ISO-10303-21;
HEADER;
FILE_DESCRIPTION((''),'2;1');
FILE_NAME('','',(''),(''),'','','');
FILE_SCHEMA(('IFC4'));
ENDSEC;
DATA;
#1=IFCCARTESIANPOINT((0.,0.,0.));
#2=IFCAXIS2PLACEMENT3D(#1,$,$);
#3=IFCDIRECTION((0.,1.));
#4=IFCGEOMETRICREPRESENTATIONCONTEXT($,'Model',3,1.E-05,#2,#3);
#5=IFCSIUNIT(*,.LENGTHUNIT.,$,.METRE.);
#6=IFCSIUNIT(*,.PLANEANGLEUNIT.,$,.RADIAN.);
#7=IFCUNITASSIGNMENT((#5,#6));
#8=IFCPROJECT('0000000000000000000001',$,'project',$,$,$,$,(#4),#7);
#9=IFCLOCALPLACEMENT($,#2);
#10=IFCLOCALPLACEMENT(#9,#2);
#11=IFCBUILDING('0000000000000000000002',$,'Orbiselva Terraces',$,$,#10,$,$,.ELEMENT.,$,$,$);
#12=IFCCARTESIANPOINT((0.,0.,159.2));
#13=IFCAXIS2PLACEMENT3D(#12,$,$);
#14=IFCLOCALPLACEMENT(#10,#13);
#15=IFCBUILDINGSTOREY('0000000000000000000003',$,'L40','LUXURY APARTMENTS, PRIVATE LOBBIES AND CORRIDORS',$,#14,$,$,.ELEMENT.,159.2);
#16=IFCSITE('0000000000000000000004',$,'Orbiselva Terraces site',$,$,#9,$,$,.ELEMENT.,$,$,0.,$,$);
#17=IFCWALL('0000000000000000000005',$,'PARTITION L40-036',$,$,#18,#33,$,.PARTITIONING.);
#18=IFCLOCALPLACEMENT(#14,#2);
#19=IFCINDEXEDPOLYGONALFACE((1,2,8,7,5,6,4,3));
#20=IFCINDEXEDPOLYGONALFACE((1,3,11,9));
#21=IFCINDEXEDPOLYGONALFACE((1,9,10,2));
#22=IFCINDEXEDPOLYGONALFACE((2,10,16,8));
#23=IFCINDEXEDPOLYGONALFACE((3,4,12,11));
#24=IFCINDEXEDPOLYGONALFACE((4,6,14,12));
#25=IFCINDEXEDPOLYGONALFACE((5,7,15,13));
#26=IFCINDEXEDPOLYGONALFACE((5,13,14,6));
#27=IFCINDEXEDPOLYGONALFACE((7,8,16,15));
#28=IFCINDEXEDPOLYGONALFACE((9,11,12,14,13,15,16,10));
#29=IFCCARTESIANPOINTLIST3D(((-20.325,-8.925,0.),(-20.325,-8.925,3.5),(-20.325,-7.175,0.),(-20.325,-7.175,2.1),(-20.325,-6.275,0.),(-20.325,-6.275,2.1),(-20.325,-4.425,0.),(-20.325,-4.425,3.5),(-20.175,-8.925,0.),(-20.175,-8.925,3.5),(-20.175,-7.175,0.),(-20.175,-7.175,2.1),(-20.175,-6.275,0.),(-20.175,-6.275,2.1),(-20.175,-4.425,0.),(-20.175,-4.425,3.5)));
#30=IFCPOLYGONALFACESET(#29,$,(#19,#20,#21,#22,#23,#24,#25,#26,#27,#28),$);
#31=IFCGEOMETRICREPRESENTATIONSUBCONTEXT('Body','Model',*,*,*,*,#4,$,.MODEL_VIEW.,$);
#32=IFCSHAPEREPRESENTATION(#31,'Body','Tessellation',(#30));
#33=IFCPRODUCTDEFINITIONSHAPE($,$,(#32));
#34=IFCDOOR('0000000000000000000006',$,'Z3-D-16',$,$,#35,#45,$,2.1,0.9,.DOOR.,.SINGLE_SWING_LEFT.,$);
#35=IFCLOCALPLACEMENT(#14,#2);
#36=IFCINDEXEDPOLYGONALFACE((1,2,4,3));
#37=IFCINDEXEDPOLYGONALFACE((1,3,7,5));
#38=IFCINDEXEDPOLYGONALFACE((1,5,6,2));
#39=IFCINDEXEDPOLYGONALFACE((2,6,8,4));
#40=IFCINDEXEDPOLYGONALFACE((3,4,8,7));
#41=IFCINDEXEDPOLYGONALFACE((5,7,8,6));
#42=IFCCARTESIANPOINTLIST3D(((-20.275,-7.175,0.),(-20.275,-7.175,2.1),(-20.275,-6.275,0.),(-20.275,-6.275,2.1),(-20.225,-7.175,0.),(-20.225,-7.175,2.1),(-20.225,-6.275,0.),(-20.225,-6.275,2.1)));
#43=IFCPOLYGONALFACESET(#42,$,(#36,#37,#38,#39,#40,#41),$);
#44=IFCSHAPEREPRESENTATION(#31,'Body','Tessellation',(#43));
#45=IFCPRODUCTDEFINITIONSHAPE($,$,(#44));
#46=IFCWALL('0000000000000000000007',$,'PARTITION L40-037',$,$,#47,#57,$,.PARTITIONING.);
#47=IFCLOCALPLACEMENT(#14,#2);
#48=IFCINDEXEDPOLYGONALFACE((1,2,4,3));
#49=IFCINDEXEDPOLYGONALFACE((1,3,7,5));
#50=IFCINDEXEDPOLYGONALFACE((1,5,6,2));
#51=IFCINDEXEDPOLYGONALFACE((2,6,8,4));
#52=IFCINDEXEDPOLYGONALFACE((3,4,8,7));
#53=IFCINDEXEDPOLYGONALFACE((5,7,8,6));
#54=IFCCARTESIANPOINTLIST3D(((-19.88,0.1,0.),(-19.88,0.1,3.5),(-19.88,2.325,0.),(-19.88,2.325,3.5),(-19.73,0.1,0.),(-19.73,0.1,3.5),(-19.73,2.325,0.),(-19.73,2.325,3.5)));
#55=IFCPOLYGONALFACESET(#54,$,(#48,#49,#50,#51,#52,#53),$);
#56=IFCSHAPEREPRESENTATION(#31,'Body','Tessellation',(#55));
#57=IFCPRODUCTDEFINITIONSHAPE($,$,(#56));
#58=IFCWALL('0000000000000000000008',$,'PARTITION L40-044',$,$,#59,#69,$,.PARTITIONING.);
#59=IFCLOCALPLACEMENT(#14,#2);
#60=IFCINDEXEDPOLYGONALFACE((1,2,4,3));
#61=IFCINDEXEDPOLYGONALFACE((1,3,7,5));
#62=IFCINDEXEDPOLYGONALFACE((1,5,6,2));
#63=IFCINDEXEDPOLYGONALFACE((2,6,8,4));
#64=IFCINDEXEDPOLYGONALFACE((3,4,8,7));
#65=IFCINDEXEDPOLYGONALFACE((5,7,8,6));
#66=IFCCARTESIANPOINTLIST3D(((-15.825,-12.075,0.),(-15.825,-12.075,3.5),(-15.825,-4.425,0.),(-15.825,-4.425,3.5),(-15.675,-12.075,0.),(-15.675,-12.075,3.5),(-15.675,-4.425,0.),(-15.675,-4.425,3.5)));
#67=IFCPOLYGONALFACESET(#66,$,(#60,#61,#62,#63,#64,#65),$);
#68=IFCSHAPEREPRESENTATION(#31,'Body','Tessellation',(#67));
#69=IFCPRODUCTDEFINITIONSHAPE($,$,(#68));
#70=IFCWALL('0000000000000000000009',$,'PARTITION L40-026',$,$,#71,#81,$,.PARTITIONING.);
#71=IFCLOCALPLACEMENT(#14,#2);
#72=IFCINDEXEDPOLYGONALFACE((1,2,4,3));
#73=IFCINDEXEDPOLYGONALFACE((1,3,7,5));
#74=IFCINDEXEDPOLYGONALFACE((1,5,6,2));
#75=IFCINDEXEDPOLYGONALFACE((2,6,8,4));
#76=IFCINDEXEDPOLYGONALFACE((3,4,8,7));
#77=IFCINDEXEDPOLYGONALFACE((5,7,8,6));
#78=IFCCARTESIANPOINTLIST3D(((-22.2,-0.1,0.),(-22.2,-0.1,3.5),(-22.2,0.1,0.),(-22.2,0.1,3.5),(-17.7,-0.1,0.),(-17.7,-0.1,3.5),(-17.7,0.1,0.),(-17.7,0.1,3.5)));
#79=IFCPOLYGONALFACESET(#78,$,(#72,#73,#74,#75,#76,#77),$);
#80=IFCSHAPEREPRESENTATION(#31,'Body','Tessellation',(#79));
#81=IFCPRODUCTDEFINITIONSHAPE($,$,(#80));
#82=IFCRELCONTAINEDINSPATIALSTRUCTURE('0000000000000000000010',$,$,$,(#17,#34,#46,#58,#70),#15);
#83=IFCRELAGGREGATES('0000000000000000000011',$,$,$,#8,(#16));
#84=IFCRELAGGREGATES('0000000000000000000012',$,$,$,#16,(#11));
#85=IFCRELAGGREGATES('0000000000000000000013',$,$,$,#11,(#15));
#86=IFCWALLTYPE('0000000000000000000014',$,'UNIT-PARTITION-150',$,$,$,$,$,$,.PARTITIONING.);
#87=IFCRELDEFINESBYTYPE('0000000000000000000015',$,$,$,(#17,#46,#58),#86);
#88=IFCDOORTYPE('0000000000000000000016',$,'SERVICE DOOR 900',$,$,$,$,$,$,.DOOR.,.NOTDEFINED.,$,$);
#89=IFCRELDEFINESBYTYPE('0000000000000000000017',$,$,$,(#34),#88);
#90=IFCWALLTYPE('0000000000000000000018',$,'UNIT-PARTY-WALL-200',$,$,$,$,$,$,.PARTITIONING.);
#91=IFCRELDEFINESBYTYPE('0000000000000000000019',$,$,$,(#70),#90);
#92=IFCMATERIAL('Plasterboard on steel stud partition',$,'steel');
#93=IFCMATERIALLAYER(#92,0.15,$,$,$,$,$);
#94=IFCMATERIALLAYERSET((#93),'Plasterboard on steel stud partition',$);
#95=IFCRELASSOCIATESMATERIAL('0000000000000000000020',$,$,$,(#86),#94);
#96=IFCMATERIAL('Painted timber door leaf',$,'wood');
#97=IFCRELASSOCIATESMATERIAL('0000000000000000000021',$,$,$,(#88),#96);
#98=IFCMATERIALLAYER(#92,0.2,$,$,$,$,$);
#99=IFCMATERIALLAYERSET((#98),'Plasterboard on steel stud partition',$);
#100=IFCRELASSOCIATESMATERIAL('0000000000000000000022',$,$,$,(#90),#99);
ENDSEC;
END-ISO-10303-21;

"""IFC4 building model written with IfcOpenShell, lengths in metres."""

from ifc_helpers import new_model, si_unit, direction, frame, frame_2d, origin, place, context, subcontext, project, spatial, rectangle, extrude, material, layer, layer_set, type_object, element, fill, save


model = new_model("IFC4")

# Units and contexts
model_context = context("Model", 3, precision=1e-05, world=origin(), true_north=direction((0.0, 1.0)))
body_context = subcontext(model_context, "Body", "Model", "MODEL_VIEW")
ifc_project = project(units=[si_unit("LENGTHUNIT", "METRE"), si_unit("PLANEANGLEUNIT", "RADIAN")], contexts=[model_context])

# Site, building, storey
site_placement = place(None, origin())
site = spatial("IfcSite", under=ifc_project, at=site_placement, Name="Orbiselva Terraces site", CompositionType="ELEMENT", RefElevation=0.0)
building_placement = place(site_placement, origin())
building = spatial("IfcBuilding", under=site, at=building_placement, Name="Orbiselva Terraces", CompositionType="ELEMENT")
storey_placement = place(building_placement, frame((0.0, 0.0, 159.2)))
storey = spatial("IfcBuildingStorey", under=building, at=storey_placement, Name="L40", Description="LUXURY APARTMENTS, PRIVATE LOBBIES AND CORRIDORS", CompositionType="ELEMENT", Elevation=159.2)

# Shared definitions
ifc_material_1 = material(Name="Plasterboard on steel stud partition", Category="steel")

# Shared definitions
ifc_layer_1 = layer(ifc_material_1, 0.15)
ifc_layer_set_1 = layer_set([ifc_layer_1], Name="Plasterboard on steel stud partition")
wall_type_1 = type_object("IfcWallType", Name="UNIT-PARTITION-150", PredefinedType="PARTITIONING", material=ifc_layer_set_1)
ifc_material_2 = material(Name="Painted timber door leaf", Category="wood")

# Wall, opening, door
wall_1_placement = place(storey_placement, frame((-20.25, -8.925, 0.0), z_axis=(0.0, 0.0, 1.0), x_axis=(0.0, 1.0, 0.0)))
wall_1 = element("IfcWall", 1, at=wall_1_placement, inside=storey, type_object=wall_type_1, Name="PARTITION L40-036", PredefinedType="PARTITIONING", context=body_context, shape_type="SweptSolid", body=[
    extrude(rectangle(XDim=4.5, YDim=0.15, at=frame_2d((2.25, 0.0))), origin(), (0.0, 0.0, 1.0), 3.5),
])
opening_1_placement = place(wall_1_placement, frame((1.75, 0.0, 0.0)))
opening_1 = element("IfcOpeningElement", 2, at=opening_1_placement, cuts=wall_1, PredefinedType="OPENING", context=body_context, shape_type="SweptSolid", body=[
    extrude(rectangle(XDim=0.9, YDim=2.1, at=frame_2d((0.45, 1.05))), frame((0.0, 0.085, 0.0), z_axis=(0.0, -1.0, 0.0), x_axis=(1.0, 0.0, 0.0)), (0.0, 0.0, 1.0), 0.17),
])
door_type_1 = type_object("IfcDoorType", Name="SERVICE DOOR 900", OperationType="NOTDEFINED", PredefinedType="DOOR", material=ifc_material_2)
door_1_placement = place(opening_1_placement, origin())
door_1 = element("IfcDoor", 3, at=door_1_placement, inside=storey, type_object=door_type_1, Name="Z3-D-16", OperationType="SINGLE_SWING_LEFT", OverallHeight=2.1, OverallWidth=0.9, PredefinedType="DOOR", context=body_context, shape_type="SweptSolid", body=[
    extrude(rectangle(XDim=0.9, YDim=2.1, at=frame_2d((0.45, 1.05))), frame((0.0, 0.025, 0.0), z_axis=(0.0, -1.0, 0.0), x_axis=(1.0, 0.0, 0.0)), (0.0, 0.0, 1.0), 0.05),
])
fill(opening_1, door_1)

# Walls
wall_2_placement = place(storey_placement, frame((-19.805, 0.1, 0.0), z_axis=(0.0, 0.0, 1.0), x_axis=(0.0, 1.0, 0.0)))
element("IfcWall", 4, at=wall_2_placement, inside=storey, type_object=wall_type_1, Name="PARTITION L40-037", PredefinedType="PARTITIONING", context=body_context, shape_type="SweptSolid", body=[
    extrude(rectangle(XDim=2.225, YDim=0.15, at=frame_2d((1.1125, 0.0))), origin(), (0.0, 0.0, 1.0), 3.5),
])
wall_3_placement = place(storey_placement, frame((-15.75, -12.075, 0.0), z_axis=(0.0, 0.0, 1.0), x_axis=(0.0, 1.0, 0.0)))
element("IfcWall", 5, at=wall_3_placement, inside=storey, type_object=wall_type_1, Name="PARTITION L40-044", PredefinedType="PARTITIONING", context=body_context, shape_type="SweptSolid", body=[
    extrude(rectangle(XDim=7.65, YDim=0.15, at=frame_2d((3.825, 0.0))), origin(), (0.0, 0.0, 1.0), 3.5),
])
ifc_layer_2 = layer(ifc_material_1, 0.2)
ifc_layer_set_2 = layer_set([ifc_layer_2], Name="Plasterboard on steel stud partition")
wall_type_2 = type_object("IfcWallType", Name="UNIT-PARTY-WALL-200", PredefinedType="PARTITIONING", material=ifc_layer_set_2)
wall_4_placement = place(storey_placement, frame((-22.2, 0.0, 0.0), z_axis=(0.0, 0.0, 1.0), x_axis=(1.0, 0.0, 0.0)))
element("IfcWall", 6, at=wall_4_placement, inside=storey, type_object=wall_type_2, Name="PARTITION L40-026", PredefinedType="PARTITIONING", context=body_context, shape_type="SweptSolid", body=[
    extrude(rectangle(XDim=4.5, YDim=0.2, at=frame_2d((2.25, 0.0))), origin(), (0.0, 0.0, 1.0), 3.5),
])

save(model, "model.ifc")
